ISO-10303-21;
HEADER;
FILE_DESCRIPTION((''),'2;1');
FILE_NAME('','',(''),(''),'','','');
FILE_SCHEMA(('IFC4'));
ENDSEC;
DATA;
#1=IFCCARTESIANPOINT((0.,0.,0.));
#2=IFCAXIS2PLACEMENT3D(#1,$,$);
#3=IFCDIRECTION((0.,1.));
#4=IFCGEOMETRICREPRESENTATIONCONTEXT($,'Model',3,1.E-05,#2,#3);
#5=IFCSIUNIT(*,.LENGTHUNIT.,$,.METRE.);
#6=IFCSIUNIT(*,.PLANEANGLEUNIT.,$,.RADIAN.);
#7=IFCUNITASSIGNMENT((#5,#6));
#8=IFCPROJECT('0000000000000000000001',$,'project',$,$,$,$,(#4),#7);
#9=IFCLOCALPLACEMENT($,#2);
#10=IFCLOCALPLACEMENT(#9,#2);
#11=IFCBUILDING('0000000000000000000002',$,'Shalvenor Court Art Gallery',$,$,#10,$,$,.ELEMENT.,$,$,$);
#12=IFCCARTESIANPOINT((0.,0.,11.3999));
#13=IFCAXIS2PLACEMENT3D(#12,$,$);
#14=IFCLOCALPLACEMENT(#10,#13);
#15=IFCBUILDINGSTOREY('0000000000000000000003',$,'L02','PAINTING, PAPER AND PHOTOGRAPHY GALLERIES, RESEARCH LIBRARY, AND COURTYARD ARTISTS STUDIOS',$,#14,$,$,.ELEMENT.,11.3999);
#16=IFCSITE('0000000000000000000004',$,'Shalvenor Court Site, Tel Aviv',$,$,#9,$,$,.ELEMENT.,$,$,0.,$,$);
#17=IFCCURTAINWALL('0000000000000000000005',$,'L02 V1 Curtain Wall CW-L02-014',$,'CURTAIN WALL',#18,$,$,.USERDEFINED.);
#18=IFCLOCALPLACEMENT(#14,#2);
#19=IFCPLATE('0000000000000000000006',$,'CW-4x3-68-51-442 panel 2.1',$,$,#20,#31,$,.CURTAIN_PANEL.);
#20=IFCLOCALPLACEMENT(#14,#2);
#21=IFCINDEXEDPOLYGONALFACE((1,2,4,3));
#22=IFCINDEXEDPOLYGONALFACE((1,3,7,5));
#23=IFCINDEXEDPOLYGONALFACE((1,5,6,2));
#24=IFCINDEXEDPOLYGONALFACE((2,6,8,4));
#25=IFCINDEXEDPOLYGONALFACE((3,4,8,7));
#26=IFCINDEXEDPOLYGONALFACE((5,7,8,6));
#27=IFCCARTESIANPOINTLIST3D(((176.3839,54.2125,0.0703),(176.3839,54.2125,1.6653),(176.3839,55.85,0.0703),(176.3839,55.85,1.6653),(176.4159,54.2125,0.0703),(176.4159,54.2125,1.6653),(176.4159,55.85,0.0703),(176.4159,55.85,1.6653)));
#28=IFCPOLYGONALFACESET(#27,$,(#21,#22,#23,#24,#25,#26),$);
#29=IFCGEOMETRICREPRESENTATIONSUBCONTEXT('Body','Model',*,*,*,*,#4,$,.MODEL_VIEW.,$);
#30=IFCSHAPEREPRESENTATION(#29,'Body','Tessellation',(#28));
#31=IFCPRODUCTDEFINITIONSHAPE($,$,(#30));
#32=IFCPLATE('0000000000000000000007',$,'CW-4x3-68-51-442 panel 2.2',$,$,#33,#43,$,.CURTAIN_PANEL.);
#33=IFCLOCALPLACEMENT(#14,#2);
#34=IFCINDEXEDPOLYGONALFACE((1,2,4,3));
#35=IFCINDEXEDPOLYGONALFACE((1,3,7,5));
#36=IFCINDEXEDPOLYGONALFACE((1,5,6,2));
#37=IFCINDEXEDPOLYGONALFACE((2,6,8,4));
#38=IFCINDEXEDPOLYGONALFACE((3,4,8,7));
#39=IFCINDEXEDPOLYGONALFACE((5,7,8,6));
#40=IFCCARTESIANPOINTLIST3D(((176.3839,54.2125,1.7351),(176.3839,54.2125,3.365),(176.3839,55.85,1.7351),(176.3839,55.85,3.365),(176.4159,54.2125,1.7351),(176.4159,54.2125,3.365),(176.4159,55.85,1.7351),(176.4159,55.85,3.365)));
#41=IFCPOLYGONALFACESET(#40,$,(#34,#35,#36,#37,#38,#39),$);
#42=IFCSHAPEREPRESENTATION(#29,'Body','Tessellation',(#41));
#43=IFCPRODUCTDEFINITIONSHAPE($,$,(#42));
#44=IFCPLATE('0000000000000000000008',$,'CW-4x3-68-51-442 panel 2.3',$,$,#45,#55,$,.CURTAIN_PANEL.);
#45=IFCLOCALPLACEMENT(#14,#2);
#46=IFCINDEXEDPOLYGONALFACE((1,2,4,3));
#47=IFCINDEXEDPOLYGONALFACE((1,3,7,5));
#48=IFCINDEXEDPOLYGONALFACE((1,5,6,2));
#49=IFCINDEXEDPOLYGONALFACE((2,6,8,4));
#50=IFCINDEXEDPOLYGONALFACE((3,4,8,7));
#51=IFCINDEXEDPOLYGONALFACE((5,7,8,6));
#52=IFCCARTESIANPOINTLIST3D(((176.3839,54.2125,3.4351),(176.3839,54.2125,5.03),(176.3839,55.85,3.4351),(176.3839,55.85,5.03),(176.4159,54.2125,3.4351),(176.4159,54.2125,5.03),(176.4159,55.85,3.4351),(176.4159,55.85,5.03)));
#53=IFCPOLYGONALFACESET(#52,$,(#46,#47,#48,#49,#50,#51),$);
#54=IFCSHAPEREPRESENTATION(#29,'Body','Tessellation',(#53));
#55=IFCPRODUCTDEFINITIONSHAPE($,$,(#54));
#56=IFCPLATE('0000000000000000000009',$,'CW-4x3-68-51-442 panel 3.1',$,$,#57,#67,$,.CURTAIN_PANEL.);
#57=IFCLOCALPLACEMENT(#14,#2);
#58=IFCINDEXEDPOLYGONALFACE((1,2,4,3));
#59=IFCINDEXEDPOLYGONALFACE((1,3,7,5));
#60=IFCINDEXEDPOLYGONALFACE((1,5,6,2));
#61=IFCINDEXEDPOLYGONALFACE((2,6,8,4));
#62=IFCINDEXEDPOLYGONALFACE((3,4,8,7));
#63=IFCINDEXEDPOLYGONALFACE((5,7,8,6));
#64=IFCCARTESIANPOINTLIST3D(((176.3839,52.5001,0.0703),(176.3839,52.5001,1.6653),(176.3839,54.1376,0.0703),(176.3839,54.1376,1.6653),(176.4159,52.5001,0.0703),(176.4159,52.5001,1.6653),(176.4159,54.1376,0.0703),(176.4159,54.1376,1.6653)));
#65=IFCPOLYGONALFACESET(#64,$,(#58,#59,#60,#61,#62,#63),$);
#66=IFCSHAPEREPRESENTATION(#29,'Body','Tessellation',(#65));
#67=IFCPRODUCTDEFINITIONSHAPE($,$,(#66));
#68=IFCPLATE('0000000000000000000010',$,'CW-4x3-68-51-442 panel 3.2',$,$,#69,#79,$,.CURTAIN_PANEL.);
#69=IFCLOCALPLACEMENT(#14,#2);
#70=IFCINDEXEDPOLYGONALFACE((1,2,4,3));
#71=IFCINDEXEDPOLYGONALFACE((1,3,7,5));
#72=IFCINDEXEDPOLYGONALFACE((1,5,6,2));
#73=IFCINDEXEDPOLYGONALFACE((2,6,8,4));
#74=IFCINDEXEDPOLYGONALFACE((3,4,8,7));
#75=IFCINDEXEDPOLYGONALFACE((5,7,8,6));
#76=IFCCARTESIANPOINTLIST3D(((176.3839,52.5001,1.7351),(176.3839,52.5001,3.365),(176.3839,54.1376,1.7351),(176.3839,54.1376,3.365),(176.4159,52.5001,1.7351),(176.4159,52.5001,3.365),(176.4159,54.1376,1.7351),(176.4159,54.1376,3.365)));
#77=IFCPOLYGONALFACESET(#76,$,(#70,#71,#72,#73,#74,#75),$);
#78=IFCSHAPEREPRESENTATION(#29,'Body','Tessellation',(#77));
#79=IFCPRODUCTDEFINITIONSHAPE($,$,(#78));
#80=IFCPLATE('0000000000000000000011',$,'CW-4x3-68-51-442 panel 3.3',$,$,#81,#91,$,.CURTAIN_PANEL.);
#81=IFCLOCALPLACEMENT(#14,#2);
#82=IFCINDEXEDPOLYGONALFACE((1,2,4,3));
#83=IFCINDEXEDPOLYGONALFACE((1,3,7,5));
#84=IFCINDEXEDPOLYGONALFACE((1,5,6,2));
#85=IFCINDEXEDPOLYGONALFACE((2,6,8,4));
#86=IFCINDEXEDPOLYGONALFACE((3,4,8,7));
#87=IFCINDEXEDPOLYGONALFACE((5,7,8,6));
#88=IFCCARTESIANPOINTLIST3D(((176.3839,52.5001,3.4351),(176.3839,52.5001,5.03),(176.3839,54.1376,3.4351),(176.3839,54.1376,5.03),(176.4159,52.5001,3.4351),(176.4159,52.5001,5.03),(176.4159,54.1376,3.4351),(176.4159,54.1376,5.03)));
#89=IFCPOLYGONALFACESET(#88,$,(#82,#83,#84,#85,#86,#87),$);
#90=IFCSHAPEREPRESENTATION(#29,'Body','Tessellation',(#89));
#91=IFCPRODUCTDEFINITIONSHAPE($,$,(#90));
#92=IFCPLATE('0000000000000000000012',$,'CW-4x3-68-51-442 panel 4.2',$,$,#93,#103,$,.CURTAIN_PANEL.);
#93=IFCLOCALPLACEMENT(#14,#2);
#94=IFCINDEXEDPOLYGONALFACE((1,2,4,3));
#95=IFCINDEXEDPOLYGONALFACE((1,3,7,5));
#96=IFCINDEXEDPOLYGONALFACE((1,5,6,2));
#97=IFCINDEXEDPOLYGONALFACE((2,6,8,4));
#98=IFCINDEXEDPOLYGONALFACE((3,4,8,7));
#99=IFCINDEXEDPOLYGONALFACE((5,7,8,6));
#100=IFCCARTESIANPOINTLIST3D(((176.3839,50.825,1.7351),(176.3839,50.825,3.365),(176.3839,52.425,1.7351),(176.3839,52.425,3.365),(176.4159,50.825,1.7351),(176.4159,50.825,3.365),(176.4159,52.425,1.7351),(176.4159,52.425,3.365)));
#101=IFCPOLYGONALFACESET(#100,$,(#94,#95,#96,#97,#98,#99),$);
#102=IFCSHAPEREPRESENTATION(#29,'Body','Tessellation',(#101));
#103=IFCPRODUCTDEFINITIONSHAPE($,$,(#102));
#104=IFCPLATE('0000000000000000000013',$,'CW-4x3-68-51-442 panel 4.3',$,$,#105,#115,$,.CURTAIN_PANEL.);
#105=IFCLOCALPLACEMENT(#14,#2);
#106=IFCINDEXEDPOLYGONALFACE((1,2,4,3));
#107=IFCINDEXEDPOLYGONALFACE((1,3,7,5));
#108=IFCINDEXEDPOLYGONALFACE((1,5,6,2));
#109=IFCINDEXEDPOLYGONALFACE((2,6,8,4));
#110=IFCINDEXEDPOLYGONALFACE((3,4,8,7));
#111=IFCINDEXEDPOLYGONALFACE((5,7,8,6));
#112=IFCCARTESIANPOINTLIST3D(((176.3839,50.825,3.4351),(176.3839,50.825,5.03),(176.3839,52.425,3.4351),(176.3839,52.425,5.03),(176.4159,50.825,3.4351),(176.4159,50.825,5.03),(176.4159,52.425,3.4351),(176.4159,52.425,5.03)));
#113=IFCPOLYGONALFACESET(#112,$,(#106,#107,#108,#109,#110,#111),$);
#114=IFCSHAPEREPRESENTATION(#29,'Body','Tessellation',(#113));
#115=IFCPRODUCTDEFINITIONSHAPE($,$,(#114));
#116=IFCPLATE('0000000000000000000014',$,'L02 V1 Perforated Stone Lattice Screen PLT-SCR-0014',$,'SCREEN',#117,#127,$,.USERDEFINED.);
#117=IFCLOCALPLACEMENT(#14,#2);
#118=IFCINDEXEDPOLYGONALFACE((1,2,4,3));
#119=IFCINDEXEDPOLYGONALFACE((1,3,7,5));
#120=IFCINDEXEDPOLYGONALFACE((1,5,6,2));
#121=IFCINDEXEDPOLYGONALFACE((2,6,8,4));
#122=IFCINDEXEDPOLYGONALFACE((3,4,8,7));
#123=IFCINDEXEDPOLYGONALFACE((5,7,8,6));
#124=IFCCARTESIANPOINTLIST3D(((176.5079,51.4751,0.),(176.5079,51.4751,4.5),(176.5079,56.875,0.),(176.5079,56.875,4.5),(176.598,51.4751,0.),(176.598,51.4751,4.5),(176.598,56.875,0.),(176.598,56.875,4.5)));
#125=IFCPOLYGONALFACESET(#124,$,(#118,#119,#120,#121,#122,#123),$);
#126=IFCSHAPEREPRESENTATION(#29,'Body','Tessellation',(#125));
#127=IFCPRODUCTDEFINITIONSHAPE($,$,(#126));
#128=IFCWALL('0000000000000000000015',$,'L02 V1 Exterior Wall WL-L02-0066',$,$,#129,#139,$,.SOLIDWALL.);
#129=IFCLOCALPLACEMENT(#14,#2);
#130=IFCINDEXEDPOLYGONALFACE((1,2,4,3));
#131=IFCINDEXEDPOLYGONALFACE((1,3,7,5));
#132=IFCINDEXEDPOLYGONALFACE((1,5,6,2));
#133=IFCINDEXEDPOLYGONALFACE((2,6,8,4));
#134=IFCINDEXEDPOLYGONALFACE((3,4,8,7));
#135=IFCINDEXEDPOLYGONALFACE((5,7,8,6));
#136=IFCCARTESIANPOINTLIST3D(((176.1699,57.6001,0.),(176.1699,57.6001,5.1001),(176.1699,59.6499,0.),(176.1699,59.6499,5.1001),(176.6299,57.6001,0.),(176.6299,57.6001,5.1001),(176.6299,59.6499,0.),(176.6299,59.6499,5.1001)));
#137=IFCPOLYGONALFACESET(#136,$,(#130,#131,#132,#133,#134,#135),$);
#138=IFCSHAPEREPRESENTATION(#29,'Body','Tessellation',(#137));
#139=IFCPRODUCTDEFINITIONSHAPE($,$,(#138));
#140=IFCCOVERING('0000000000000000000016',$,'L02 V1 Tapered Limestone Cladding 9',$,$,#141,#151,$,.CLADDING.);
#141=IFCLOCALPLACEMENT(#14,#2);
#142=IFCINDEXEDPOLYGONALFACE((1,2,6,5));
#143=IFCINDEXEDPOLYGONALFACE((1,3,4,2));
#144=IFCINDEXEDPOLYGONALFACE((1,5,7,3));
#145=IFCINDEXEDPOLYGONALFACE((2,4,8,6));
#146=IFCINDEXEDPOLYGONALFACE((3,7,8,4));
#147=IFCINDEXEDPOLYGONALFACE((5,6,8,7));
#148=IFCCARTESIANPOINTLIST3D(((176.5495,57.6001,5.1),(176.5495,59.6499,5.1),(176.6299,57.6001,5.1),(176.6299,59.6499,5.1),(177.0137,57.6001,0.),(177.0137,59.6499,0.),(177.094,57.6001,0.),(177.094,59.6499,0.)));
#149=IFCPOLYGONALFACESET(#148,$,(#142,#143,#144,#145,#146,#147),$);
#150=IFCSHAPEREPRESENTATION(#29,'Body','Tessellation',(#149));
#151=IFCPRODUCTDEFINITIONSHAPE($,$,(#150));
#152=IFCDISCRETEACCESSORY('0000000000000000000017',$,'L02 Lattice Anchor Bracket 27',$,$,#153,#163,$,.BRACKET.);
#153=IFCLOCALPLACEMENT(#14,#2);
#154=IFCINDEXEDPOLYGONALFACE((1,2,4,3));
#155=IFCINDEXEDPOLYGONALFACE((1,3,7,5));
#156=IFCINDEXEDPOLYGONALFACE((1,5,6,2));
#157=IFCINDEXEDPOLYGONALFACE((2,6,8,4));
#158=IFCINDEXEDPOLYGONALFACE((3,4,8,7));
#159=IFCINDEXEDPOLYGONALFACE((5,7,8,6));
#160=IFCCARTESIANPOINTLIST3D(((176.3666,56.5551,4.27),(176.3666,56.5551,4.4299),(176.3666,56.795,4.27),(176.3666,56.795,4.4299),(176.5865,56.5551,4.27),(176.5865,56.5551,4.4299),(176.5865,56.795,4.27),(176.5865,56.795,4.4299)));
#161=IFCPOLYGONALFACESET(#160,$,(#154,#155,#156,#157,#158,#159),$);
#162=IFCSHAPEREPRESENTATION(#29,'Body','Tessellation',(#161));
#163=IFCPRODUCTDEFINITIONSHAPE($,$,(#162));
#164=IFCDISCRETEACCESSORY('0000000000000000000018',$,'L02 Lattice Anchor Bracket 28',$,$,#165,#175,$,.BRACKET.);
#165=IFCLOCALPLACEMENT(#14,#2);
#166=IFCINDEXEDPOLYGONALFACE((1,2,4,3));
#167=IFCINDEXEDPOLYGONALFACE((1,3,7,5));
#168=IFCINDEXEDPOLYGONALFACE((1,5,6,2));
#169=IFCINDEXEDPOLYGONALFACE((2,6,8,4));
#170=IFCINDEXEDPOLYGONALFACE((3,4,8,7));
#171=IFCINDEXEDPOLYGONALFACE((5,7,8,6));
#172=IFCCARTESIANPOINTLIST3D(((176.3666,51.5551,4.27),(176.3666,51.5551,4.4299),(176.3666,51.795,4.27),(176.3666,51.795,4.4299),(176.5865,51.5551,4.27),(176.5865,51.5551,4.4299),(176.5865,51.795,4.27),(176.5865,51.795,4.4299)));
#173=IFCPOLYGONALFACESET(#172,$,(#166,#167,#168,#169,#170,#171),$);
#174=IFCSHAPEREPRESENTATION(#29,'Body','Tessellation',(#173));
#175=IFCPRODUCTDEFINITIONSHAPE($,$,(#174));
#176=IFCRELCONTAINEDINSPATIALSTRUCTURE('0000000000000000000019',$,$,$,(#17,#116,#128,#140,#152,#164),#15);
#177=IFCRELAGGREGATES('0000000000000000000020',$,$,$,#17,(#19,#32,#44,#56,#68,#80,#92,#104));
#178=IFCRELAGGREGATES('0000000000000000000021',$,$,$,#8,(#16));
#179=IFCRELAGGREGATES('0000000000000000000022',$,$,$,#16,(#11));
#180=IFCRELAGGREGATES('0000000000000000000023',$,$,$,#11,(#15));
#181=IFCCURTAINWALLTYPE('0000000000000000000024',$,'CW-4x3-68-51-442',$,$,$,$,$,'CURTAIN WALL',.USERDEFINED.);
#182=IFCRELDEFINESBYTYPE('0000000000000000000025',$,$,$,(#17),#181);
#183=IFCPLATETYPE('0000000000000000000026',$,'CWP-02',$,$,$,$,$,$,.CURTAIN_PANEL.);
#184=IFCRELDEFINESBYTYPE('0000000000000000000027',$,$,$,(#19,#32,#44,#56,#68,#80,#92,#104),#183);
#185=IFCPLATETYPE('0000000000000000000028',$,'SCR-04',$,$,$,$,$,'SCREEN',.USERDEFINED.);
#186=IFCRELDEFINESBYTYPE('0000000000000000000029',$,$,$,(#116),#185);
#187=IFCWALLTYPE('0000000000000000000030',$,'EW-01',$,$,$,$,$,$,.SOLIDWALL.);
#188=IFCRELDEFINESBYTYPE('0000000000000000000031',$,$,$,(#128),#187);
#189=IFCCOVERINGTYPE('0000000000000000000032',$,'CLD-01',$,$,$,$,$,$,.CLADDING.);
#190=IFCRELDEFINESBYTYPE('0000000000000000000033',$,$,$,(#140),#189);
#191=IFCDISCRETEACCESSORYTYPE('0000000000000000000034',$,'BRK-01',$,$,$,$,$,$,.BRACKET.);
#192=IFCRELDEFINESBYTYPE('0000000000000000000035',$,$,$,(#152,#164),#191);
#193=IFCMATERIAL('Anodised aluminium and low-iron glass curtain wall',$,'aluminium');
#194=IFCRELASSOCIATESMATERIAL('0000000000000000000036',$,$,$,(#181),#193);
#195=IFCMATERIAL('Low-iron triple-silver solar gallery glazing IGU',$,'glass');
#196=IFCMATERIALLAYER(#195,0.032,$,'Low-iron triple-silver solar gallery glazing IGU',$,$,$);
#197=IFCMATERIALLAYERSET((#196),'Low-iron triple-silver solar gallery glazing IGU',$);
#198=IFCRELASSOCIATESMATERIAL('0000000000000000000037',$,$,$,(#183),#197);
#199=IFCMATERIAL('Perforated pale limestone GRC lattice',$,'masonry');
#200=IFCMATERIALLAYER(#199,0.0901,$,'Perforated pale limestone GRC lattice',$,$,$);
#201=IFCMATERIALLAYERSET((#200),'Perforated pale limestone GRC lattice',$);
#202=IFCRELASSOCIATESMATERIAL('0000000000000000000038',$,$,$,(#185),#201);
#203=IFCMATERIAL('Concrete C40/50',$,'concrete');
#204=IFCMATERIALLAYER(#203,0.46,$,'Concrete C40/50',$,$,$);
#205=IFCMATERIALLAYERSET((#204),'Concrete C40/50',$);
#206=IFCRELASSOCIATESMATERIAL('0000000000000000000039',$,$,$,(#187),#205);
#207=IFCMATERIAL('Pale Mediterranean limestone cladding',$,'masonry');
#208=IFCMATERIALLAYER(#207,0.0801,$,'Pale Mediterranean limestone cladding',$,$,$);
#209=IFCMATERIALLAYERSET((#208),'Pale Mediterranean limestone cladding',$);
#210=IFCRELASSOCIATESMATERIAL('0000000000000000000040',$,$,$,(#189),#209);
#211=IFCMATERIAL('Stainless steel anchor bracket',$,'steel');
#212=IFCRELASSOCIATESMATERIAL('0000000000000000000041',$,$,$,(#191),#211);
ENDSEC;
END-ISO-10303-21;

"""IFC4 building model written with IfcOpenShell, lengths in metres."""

from ifc_helpers import new_model, si_unit, direction, frame, frame_2d, origin, origin_2d, place, context, subcontext, project, spatial, polyline, rectangle, outline, extrude, material, layer, layer_set, type_object, element, aggregate, save


model = new_model("IFC4")

# Units and contexts
model_context = context("Model", 3, precision=1e-05, world=origin(), true_north=direction((0.0, 1.0)))
body_context = subcontext(model_context, "Body", "Model", "MODEL_VIEW")
ifc_project = project(units=[si_unit("LENGTHUNIT", "METRE"), si_unit("PLANEANGLEUNIT", "RADIAN")], contexts=[model_context])

# Site, building, storey
site_placement = place(None, origin())
site = spatial("IfcSite", under=ifc_project, at=site_placement, Name="Shalvenor Court Site, Tel Aviv", CompositionType="ELEMENT", RefElevation=0.0)
building_placement = place(site_placement, origin())
building = spatial("IfcBuilding", under=site, at=building_placement, Name="Shalvenor Court Art Gallery", CompositionType="ELEMENT")
storey_placement = place(building_placement, frame((0.0, 0.0, 11.3999)))
storey = spatial("IfcBuildingStorey", under=building, at=storey_placement, Name="L02", Description="PAINTING, PAPER AND PHOTOGRAPHY GALLERIES, RESEARCH LIBRARY, AND COURTYARD ARTISTS STUDIOS", CompositionType="ELEMENT", Elevation=11.3999)

# Curtain wall, plates
ifc_material_1 = material(Name="Anodised aluminium and low-iron glass curtain wall", Category="aluminium")
curtain_wall_type_1 = type_object("IfcCurtainWallType", Name="CW-4x3-68-51-442", ElementType="CURTAIN WALL", PredefinedType="USERDEFINED", material=ifc_material_1)
curtain_wall_1_placement = place(storey_placement, origin())
curtain_wall_1 = element("IfcCurtainWall", 1, at=curtain_wall_1_placement, inside=storey, type_object=curtain_wall_type_1, Name="L02 V1 Curtain Wall CW-L02-014", ObjectType="CURTAIN WALL", PredefinedType="USERDEFINED")
ifc_material_2 = material(Name="Low-iron triple-silver solar gallery glazing IGU", Category="glass")
ifc_layer_1 = layer(ifc_material_2, 0.032, Name="Low-iron triple-silver solar gallery glazing IGU")
ifc_layer_set_1 = layer_set([ifc_layer_1], Name="Low-iron triple-silver solar gallery glazing IGU")
plate_type_1 = type_object("IfcPlateType", Name="CWP-02", PredefinedType="CURTAIN_PANEL", material=ifc_layer_set_1)
plate_1_placement = place(storey_placement, frame((176.3999, 55.0312, 0.0703), z_axis=(0.0, 0.0, 1.0), x_axis=(0.0, -1.0, 0.0)))
plate_1 = element("IfcPlate", 2, at=plate_1_placement, type_object=plate_type_1, Name="CW-4x3-68-51-442 panel 2.1", PredefinedType="CURTAIN_PANEL", context=body_context, shape_type="SweptSolid", body=[
    extrude(rectangle(XDim=1.6375, YDim=0.032, at=origin_2d()), origin(), (0.0, 0.0, 1.0), 1.595),
])
plate_2_placement = place(storey_placement, frame((176.3999, 55.0312, 1.7351), z_axis=(0.0, 0.0, 1.0), x_axis=(0.0, -1.0, 0.0)))
plate_2 = element("IfcPlate", 3, at=plate_2_placement, type_object=plate_type_1, Name="CW-4x3-68-51-442 panel 2.2", PredefinedType="CURTAIN_PANEL", context=body_context, shape_type="SweptSolid", body=[
    extrude(rectangle(XDim=1.6375, YDim=0.032, at=origin_2d()), origin(), (0.0, 0.0, 1.0), 1.6299),
])
plate_3_placement = place(storey_placement, frame((176.3999, 55.0312, 3.4351), z_axis=(0.0, 0.0, 1.0), x_axis=(0.0, -1.0, 0.0)))
plate_3 = element("IfcPlate", 4, at=plate_3_placement, type_object=plate_type_1, Name="CW-4x3-68-51-442 panel 2.3", PredefinedType="CURTAIN_PANEL", context=body_context, shape_type="SweptSolid", body=[
    extrude(rectangle(XDim=1.6375, YDim=0.032, at=origin_2d()), origin(), (0.0, 0.0, 1.0), 1.595),
])
plate_4_placement = place(storey_placement, frame((176.3999, 53.3188, 0.0703), z_axis=(0.0, 0.0, 1.0), x_axis=(0.0, -1.0, 0.0)))
plate_4 = element("IfcPlate", 5, at=plate_4_placement, type_object=plate_type_1, Name="CW-4x3-68-51-442 panel 3.1", PredefinedType="CURTAIN_PANEL", context=body_context, shape_type="SweptSolid", body=[
    extrude(rectangle(XDim=1.6375, YDim=0.032, at=origin_2d()), origin(), (0.0, 0.0, 1.0), 1.595),
])
plate_5_placement = place(storey_placement, frame((176.3999, 53.3188, 1.7351), z_axis=(0.0, 0.0, 1.0), x_axis=(0.0, -1.0, 0.0)))
plate_5 = element("IfcPlate", 6, at=plate_5_placement, type_object=plate_type_1, Name="CW-4x3-68-51-442 panel 3.2", PredefinedType="CURTAIN_PANEL", context=body_context, shape_type="SweptSolid", body=[
    extrude(rectangle(XDim=1.6375, YDim=0.032, at=origin_2d()), origin(), (0.0, 0.0, 1.0), 1.6299),
])
plate_6_placement = place(storey_placement, frame((176.3999, 53.3188, 3.4351), z_axis=(0.0, 0.0, 1.0), x_axis=(0.0, -1.0, 0.0)))
plate_6 = element("IfcPlate", 7, at=plate_6_placement, type_object=plate_type_1, Name="CW-4x3-68-51-442 panel 3.3", PredefinedType="CURTAIN_PANEL", context=body_context, shape_type="SweptSolid", body=[
    extrude(rectangle(XDim=1.6375, YDim=0.032, at=origin_2d()), origin(), (0.0, 0.0, 1.0), 1.595),
])
plate_7_placement = place(storey_placement, frame((176.3999, 51.625, 1.7351), z_axis=(0.0, 0.0, 1.0), x_axis=(0.0, -1.0, 0.0)))
plate_7 = element("IfcPlate", 8, at=plate_7_placement, type_object=plate_type_1, Name="CW-4x3-68-51-442 panel 4.2", PredefinedType="CURTAIN_PANEL", context=body_context, shape_type="SweptSolid", body=[
    extrude(rectangle(XDim=1.6001, YDim=0.032, at=origin_2d()), origin(), (0.0, 0.0, 1.0), 1.6299),
])
plate_8_placement = place(storey_placement, frame((176.3999, 51.625, 3.4351), z_axis=(0.0, 0.0, 1.0), x_axis=(0.0, -1.0, 0.0)))
plate_8 = element("IfcPlate", 9, at=plate_8_placement, type_object=plate_type_1, Name="CW-4x3-68-51-442 panel 4.3", PredefinedType="CURTAIN_PANEL", context=body_context, shape_type="SweptSolid", body=[
    extrude(rectangle(XDim=1.6001, YDim=0.032, at=origin_2d()), origin(), (0.0, 0.0, 1.0), 1.595),
])
aggregate(curtain_wall_1, [plate_1, plate_2, plate_3, plate_4, plate_5, plate_6, plate_7, plate_8])

# Plate
ifc_material_3 = material(Name="Perforated pale limestone GRC lattice", Category="masonry")
ifc_layer_2 = layer(ifc_material_3, 0.0901, Name="Perforated pale limestone GRC lattice")
ifc_layer_set_2 = layer_set([ifc_layer_2], Name="Perforated pale limestone GRC lattice")
plate_type_2 = type_object("IfcPlateType", Name="SCR-04", ElementType="SCREEN", PredefinedType="USERDEFINED", material=ifc_layer_set_2)
plate_9_placement = place(storey_placement, frame((176.553, 54.175, 0.0), z_axis=(0.0, 0.0, 1.0), x_axis=(0.0, -1.0, 0.0)))
element("IfcPlate", 10, at=plate_9_placement, inside=storey, type_object=plate_type_2, Name="L02 V1 Perforated Stone Lattice Screen PLT-SCR-0014", ObjectType="SCREEN", PredefinedType="USERDEFINED", context=body_context, shape_type="SweptSolid", body=[
    extrude(rectangle(XDim=5.3999, YDim=0.0901, at=origin_2d()), origin(), (0.0, 0.0, 1.0), 4.5),
])

# Wall
ifc_material_4 = material(Name="Concrete C40/50", Category="concrete")
ifc_layer_3 = layer(ifc_material_4, 0.46, Name="Concrete C40/50")
ifc_layer_set_3 = layer_set([ifc_layer_3], Name="Concrete C40/50")
wall_type = type_object("IfcWallType", Name="EW-01", PredefinedType="SOLIDWALL", material=ifc_layer_set_3)
wall_placement = place(storey_placement, frame((176.3999, 59.6499, 0.0), z_axis=(0.0, 0.0, 1.0), x_axis=(0.0, -1.0, 0.0)))
element("IfcWall", 11, at=wall_placement, inside=storey, type_object=wall_type, Name="L02 V1 Exterior Wall WL-L02-0066", PredefinedType="SOLIDWALL", context=body_context, shape_type="SweptSolid", body=[
    extrude(rectangle(XDim=2.0498, YDim=0.46, at=frame_2d((1.0249, 0.0))), origin(), (0.0, 0.0, 1.0), 5.1001),
])

# Covering
ifc_material_5 = material(Name="Pale Mediterranean limestone cladding", Category="masonry")
ifc_layer_4 = layer(ifc_material_5, 0.0801, Name="Pale Mediterranean limestone cladding")
ifc_layer_set_4 = layer_set([ifc_layer_4], Name="Pale Mediterranean limestone cladding")
covering_type = type_object("IfcCoveringType", Name="CLD-01", PredefinedType="CLADDING", material=ifc_layer_set_4)
covering_placement = place(storey_placement, frame((177.094, 57.6001, 0.0), z_axis=(0.0, 0.0, 1.0), x_axis=(0.0, 1.0, 0.0)))
element("IfcCovering", 12, at=covering_placement, inside=storey, type_object=covering_type, Name="L02 V1 Tapered Limestone Cladding 9", PredefinedType="CLADDING", context=body_context, shape_type="SweptSolid", body=[
    extrude(outline(polyline([(0.0, 0.0), (2.0498, 0.0), (2.0498, 5.1211), (0.0, 5.1211), (0.0, 0.0)])), frame((0.0, 0.0, 0.0), z_axis=(0.0, -0.995884, 0.090633), x_axis=(1.0, 0.0, 0.0)), (0.0, 0.090633, -0.995884), 0.0803),
])

# Discrete accessories
ifc_material_6 = material(Name="Stainless steel anchor bracket", Category="steel")
discrete_accessory_type = type_object("IfcDiscreteAccessoryType", Name="BRK-01", PredefinedType="BRACKET", material=ifc_material_6)
for number, where, z_axis, x_axis, name in (
    (13, (176.4766, 56.675, 4.27), (0.0, 0.0, 1.0), (0.0, -1.0, 0.0), "L02 Lattice Anchor Bracket 27"),
    (14, (176.4766, 51.675, 4.27), (0.0, 0.0, 1.0), (0.0, -1.0, 0.0), "L02 Lattice Anchor Bracket 28"),
):
    element("IfcDiscreteAccessory", number, at=place(storey_placement, frame(where, z_axis=z_axis, x_axis=x_axis)), inside=storey, type_object=discrete_accessory_type, Name=name, PredefinedType="BRACKET", context=body_context, shape_type="SweptSolid", body=[
        extrude(rectangle(XDim=0.24, YDim=0.22, at=origin_2d()), origin(), (0.0, 0.0, 1.0), 0.1599),
    ])

save(model, "model.ifc")
